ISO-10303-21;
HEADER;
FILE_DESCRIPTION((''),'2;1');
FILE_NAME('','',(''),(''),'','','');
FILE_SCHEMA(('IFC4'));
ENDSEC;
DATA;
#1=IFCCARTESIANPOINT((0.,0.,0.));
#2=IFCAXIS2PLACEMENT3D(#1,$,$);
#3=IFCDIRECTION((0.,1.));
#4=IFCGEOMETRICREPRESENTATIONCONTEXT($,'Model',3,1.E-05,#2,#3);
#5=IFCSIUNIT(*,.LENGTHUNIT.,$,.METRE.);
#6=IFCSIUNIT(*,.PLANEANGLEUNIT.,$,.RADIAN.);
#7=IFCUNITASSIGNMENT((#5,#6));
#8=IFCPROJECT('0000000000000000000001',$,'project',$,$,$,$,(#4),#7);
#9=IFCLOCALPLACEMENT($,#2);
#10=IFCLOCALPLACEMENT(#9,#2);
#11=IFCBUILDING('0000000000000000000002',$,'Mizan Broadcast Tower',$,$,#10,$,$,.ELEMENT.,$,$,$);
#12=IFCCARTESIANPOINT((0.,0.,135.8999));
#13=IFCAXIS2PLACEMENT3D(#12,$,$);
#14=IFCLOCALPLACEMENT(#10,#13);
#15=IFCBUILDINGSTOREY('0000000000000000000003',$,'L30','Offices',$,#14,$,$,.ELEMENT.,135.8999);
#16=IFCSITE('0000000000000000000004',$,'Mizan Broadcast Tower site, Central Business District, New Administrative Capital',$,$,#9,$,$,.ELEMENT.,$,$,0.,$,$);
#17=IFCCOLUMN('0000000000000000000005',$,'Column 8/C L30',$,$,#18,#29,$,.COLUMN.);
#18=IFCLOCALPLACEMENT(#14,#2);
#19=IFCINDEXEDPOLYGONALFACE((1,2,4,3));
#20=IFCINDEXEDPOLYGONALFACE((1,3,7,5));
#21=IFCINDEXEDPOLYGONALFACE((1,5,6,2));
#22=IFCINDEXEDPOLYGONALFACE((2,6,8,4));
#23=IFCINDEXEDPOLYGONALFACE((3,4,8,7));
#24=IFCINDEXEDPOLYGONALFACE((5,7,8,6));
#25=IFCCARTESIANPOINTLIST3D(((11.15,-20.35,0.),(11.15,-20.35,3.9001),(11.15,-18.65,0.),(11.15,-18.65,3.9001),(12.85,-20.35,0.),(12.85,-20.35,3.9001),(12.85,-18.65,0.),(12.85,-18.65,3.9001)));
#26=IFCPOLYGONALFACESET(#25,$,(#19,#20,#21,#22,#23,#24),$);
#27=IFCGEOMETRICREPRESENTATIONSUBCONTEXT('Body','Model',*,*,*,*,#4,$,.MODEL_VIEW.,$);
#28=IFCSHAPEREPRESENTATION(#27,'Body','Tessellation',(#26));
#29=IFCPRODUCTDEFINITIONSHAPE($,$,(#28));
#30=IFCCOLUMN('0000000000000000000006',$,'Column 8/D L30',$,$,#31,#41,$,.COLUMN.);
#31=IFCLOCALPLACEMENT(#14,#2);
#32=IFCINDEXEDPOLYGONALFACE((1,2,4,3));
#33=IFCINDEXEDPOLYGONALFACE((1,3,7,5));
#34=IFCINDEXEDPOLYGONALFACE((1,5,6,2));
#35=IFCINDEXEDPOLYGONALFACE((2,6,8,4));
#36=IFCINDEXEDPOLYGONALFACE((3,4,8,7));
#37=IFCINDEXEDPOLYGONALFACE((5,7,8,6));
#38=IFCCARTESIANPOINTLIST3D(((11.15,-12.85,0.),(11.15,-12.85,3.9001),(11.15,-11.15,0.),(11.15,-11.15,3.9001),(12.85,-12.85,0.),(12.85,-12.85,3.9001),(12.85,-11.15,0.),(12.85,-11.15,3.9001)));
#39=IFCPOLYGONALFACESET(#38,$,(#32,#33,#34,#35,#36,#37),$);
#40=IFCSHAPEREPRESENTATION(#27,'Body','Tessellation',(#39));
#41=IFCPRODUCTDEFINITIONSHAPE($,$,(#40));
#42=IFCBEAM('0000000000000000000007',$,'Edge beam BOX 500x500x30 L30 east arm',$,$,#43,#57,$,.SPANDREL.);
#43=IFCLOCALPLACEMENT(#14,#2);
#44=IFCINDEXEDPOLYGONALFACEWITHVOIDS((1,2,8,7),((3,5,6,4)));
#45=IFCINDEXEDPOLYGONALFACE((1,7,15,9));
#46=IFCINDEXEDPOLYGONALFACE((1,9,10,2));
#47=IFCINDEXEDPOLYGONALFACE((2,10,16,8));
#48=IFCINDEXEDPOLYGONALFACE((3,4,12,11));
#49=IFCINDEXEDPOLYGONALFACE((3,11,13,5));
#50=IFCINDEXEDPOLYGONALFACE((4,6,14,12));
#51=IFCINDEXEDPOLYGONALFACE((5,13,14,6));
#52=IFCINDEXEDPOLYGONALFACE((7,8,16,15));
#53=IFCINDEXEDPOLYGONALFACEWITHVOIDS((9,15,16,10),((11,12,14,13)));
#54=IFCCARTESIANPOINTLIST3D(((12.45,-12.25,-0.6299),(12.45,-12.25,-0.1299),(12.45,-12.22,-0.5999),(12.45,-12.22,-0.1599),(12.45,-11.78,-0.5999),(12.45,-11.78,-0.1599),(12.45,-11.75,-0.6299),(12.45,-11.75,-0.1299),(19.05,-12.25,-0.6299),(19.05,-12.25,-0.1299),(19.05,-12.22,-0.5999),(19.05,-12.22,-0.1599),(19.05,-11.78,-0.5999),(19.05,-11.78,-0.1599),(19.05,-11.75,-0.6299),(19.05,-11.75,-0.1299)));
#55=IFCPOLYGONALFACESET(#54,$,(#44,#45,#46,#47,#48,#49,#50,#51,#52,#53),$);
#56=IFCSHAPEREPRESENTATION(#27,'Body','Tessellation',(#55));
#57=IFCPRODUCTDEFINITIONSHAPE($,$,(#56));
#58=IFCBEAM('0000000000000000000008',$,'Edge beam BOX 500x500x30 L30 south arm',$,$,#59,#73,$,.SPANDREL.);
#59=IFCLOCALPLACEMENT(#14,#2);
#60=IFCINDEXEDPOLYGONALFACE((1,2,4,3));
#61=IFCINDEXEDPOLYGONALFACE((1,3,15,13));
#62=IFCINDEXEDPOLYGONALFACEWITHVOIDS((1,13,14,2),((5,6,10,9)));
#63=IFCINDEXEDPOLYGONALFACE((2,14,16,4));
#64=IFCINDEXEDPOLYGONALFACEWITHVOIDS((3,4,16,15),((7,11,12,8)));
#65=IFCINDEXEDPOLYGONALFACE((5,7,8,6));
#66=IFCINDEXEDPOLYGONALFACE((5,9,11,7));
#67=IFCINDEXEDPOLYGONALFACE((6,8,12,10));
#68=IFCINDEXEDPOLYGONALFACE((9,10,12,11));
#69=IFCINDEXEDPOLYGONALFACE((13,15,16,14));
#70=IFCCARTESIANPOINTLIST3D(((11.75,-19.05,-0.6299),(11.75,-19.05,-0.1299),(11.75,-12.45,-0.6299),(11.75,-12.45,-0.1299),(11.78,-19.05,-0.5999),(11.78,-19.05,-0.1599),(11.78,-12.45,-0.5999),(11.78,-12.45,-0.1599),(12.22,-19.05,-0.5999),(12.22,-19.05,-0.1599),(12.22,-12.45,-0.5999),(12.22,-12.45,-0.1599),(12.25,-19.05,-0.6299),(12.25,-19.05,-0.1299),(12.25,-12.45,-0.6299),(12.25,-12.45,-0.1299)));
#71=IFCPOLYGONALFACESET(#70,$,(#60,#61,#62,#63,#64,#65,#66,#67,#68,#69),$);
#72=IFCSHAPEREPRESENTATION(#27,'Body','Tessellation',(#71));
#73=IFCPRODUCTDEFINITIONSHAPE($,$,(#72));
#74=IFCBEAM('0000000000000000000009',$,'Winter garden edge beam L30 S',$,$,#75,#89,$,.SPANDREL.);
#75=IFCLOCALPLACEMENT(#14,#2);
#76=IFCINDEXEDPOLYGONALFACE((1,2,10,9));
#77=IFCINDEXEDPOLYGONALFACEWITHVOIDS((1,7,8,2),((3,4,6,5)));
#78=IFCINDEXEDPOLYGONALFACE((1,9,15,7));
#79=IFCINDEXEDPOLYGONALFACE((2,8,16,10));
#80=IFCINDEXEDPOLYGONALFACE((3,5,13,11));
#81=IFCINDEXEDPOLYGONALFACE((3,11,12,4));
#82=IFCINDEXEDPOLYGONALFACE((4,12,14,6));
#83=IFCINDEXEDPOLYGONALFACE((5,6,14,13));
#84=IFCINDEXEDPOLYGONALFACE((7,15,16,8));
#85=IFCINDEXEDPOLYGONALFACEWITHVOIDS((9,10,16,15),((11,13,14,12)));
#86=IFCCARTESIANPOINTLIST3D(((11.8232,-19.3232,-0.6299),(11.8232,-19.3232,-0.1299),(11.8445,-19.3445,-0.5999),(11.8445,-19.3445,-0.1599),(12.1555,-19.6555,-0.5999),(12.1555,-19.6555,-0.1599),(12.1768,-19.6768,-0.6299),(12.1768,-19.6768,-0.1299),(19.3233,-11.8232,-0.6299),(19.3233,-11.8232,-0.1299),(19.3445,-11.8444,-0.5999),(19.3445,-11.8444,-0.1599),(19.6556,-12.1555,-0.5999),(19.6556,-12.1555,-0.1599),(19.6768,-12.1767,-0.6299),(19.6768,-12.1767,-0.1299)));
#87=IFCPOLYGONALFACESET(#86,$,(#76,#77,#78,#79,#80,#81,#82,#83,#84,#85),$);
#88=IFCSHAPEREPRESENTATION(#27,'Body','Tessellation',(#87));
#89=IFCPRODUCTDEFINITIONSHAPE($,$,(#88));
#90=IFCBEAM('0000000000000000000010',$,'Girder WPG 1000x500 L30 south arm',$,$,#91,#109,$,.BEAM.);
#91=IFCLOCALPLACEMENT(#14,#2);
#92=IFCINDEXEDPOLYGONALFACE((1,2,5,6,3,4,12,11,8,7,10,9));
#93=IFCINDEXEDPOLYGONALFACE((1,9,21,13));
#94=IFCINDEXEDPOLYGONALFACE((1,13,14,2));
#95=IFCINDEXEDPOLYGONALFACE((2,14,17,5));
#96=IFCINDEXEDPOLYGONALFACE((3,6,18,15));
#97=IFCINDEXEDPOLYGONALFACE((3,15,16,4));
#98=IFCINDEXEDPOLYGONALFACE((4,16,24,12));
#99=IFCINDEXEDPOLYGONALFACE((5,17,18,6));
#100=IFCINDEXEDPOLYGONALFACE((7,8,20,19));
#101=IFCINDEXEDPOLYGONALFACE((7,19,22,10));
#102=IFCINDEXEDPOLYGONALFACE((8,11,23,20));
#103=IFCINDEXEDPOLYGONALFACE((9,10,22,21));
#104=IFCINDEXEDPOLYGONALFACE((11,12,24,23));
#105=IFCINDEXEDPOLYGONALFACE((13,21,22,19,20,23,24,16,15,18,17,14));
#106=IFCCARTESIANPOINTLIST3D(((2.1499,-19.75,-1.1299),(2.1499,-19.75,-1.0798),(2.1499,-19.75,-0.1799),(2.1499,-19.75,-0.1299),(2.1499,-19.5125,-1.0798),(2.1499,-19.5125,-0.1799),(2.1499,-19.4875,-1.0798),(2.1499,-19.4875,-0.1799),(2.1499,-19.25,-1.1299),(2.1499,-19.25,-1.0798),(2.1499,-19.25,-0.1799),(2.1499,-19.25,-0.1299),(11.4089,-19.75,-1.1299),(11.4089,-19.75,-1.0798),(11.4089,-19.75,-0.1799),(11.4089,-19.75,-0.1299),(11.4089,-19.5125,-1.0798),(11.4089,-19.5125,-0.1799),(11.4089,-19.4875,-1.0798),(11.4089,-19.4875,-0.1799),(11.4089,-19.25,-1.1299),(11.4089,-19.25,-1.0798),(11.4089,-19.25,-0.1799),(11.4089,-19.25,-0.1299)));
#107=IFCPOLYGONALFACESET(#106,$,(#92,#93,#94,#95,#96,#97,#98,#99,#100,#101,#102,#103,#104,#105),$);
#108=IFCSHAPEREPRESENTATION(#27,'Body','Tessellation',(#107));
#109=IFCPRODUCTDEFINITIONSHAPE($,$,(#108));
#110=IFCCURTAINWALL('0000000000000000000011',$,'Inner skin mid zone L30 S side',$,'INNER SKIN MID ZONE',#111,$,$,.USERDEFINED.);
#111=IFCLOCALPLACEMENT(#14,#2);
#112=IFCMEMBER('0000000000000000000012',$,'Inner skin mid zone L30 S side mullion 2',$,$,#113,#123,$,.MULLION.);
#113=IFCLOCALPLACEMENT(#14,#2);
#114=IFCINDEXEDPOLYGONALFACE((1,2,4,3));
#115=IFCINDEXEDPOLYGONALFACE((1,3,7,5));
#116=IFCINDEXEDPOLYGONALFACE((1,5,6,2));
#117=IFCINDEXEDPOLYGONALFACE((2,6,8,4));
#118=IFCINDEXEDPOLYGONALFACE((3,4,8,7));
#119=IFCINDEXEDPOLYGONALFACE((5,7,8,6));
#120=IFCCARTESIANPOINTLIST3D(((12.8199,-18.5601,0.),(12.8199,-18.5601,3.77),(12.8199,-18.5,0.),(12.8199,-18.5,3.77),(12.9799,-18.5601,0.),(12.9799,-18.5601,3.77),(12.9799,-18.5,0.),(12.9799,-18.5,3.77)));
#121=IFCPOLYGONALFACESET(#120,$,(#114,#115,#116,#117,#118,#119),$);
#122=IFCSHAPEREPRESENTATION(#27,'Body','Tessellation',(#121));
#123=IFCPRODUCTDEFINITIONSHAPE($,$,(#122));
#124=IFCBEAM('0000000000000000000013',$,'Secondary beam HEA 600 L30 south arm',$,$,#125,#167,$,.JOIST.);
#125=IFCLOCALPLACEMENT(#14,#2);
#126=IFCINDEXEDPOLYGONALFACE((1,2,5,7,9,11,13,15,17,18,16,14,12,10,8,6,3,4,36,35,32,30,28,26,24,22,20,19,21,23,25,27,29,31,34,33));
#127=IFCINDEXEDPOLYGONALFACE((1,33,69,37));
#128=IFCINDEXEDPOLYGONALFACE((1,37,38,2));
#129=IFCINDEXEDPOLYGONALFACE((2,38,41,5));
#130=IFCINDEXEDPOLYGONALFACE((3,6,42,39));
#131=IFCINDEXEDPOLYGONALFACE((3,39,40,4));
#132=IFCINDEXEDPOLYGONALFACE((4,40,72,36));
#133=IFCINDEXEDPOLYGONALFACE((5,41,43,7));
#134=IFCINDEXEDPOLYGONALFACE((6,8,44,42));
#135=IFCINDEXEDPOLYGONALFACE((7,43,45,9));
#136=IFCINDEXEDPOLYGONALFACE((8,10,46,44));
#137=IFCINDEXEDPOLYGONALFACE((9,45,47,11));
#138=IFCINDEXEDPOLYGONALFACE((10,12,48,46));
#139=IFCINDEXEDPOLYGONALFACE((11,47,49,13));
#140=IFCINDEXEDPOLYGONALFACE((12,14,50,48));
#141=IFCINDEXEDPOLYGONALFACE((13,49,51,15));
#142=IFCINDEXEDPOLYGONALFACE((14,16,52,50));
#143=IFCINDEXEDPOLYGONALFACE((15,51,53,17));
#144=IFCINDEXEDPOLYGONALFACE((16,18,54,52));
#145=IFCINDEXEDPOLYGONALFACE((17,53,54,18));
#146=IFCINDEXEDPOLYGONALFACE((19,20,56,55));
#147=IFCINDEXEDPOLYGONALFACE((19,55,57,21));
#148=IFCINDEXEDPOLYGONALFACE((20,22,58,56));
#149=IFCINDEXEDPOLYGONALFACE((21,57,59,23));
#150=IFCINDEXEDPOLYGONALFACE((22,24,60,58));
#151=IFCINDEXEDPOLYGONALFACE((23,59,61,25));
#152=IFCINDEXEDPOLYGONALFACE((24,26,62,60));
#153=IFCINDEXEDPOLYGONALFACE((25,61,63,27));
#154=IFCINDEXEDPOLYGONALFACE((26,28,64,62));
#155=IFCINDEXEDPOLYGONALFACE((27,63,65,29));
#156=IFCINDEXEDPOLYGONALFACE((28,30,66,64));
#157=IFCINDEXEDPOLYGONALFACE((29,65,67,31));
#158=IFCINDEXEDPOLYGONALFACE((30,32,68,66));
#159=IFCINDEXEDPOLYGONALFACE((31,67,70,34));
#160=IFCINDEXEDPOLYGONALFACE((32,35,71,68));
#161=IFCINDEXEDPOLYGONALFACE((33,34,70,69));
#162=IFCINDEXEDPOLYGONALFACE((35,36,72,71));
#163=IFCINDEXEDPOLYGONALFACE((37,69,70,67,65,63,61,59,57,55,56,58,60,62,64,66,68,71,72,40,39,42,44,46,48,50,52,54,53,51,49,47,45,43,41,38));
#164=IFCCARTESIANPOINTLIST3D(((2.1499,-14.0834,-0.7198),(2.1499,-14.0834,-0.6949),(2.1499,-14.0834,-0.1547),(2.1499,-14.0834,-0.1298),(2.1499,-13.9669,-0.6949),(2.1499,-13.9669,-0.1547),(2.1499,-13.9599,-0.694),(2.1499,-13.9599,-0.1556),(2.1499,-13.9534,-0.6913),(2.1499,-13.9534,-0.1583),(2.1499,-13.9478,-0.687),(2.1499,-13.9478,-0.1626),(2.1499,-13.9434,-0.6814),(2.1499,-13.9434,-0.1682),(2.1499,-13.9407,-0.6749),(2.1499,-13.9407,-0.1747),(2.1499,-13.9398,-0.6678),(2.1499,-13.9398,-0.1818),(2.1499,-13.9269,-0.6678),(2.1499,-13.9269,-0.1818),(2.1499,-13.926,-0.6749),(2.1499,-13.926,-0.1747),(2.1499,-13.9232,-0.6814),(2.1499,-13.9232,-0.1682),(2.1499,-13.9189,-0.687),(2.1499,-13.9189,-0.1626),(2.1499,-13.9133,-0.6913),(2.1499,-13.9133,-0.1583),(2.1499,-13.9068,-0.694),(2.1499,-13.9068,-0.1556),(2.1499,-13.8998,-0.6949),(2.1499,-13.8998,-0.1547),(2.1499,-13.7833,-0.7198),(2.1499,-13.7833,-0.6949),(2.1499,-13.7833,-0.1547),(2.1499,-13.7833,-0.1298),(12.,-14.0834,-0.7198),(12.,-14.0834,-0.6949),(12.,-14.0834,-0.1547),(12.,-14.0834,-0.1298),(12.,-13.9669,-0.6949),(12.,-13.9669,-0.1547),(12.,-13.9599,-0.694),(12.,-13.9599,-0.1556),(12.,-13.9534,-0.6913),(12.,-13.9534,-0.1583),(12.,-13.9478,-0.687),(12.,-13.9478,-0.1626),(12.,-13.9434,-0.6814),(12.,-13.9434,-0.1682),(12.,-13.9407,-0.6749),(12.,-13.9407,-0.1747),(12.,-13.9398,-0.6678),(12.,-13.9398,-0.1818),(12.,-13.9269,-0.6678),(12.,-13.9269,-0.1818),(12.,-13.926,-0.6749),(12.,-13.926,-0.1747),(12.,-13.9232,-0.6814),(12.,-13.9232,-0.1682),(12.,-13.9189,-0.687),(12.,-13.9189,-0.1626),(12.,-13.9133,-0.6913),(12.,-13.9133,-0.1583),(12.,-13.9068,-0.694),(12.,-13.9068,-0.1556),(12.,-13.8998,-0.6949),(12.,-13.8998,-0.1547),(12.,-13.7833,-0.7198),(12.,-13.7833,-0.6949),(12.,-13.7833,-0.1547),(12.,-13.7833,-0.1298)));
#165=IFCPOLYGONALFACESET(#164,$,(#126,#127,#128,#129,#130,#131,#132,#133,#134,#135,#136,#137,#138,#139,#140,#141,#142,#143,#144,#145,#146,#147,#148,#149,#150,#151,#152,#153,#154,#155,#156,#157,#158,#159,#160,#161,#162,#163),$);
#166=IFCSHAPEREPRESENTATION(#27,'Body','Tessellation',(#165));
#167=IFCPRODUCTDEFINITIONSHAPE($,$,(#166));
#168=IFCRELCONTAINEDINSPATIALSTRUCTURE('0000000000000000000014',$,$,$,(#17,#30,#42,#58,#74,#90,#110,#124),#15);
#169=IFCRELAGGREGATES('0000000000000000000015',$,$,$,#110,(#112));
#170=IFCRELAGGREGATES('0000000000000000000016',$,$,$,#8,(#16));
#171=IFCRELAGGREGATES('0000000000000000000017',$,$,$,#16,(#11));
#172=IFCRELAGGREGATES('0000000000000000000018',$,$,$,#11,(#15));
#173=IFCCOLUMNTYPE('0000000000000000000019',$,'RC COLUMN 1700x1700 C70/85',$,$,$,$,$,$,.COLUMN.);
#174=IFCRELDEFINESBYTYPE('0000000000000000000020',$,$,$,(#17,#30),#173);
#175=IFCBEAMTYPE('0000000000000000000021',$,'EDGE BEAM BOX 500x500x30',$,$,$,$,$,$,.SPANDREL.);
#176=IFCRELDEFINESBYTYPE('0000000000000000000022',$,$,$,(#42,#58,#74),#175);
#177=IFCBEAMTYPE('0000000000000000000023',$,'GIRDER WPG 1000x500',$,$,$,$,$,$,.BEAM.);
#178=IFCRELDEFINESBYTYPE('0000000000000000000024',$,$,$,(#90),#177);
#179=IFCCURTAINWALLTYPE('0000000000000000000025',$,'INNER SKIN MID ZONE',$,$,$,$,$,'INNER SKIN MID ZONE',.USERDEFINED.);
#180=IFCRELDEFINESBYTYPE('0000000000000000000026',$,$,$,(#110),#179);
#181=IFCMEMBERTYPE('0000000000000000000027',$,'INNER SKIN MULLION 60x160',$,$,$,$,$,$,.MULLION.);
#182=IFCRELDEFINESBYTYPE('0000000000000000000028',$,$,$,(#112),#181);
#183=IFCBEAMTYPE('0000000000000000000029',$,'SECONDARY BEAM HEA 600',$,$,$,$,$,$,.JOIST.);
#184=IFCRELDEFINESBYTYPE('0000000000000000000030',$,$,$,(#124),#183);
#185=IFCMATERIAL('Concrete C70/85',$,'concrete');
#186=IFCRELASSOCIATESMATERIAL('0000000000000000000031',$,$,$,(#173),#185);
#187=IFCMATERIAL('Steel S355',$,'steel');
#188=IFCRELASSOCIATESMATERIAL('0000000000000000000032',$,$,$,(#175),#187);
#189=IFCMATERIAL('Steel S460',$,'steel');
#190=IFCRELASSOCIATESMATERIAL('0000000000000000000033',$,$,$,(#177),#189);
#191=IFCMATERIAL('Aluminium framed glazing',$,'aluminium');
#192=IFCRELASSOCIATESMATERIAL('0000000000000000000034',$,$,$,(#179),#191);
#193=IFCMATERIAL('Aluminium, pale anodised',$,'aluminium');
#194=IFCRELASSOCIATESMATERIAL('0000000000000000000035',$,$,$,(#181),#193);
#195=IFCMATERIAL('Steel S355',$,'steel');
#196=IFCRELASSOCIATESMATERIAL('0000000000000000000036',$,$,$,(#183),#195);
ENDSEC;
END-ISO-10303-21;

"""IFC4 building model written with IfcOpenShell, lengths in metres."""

from ifc_helpers import new_model, si_unit, direction, frame, origin, origin_2d, place, context, subcontext, project, spatial, rectangle, hollow_rectangle, i_section, extrude, material, material_profile, profile_set, type_object, element, aggregate, save


model = new_model("IFC4")

# Units and contexts
model_context = context("Model", 3, precision=1e-05, world=origin(), true_north=direction((0.0, 1.0)))
body_context = subcontext(model_context, "Body", "Model", "MODEL_VIEW")
ifc_project = project(units=[si_unit("LENGTHUNIT", "METRE"), si_unit("PLANEANGLEUNIT", "RADIAN")], contexts=[model_context])

# Site, building, storey
site_placement = place(None, origin())
site = spatial("IfcSite", under=ifc_project, at=site_placement, Name="Mizan Broadcast Tower site, Central Business District, New Administrative Capital", CompositionType="ELEMENT", RefElevation=0.0)
building_placement = place(site_placement, origin())
building = spatial("IfcBuilding", under=site, at=building_placement, Name="Mizan Broadcast Tower", CompositionType="ELEMENT")
storey_placement = place(building_placement, frame((0.0, 0.0, 135.8999)))
storey = spatial("IfcBuildingStorey", under=building, at=storey_placement, Name="L30", Description="Offices", CompositionType="ELEMENT", Elevation=135.8999)

# Columns
ifc_material_1 = material(Name="Concrete C70/85", Category="concrete")
ifc_material_profile_1 = material_profile(ifc_material_1, rectangle(XDim=1.7, YDim=1.7, at=origin_2d()), Name="RC 1700x1700")
ifc_profile_set_1 = profile_set([ifc_material_profile_1], Name="Concrete C70/85")
column_type = type_object("IfcColumnType", Name="RC COLUMN 1700x1700 C70/85", PredefinedType="COLUMN", material=ifc_profile_set_1)
for number, where, z_axis, x_axis, name in (
    (1, (12.0, -19.5, 0.0), (0.0, 0.0, 1.0), (1.0, 0.0, 0.0), "Column 8/C L30"),
    (2, (12.0, -12.0, 0.0), (0.0, 0.0, 1.0), (1.0, 0.0, 0.0), "Column 8/D L30"),
):
    element("IfcColumn", number, at=place(storey_placement, frame(where, z_axis=z_axis, x_axis=x_axis)), inside=storey, type_object=column_type, Name=name, PredefinedType="COLUMN", context=body_context, shape_type="SweptSolid", body=[
        extrude(rectangle(XDim=1.7, YDim=1.7, at=origin_2d()), origin(), (0.0, 0.0, 1.0), 3.9001),
    ])

# Beams
ifc_material_2 = material(Name="Steel S355", Category="steel")
ifc_material_profile_2 = material_profile(ifc_material_2, hollow_rectangle(XDim=0.5, YDim=0.5, WallThickness=0.03, at=origin_2d()), Name="BOX 500x500x30")
ifc_profile_set_2 = profile_set([ifc_material_profile_2], Name="Steel S355")
beam_type_1 = type_object("IfcBeamType", Name="EDGE BEAM BOX 500x500x30", PredefinedType="SPANDREL", material=ifc_profile_set_2)
for number, where, z_axis, x_axis, name in (
    (3, (12.45, -12.0, -0.3799), (1.0, 0.0, 0.0), (0.0, 1.0, 0.0), "Edge beam BOX 500x500x30 L30 east arm"),
    (4, (12.0, -12.45, -0.3799), (0.0, -1.0, 0.0), (1.0, 0.0, 0.0), "Edge beam BOX 500x500x30 L30 south arm"),
):
    element("IfcBeam", number, at=place(storey_placement, frame(where, z_axis=z_axis, x_axis=x_axis)), inside=storey, type_object=beam_type_1, Name=name, PredefinedType="SPANDREL", context=body_context, shape_type="SweptSolid", body=[
        extrude(hollow_rectangle(XDim=0.5, YDim=0.5, WallThickness=0.03, at=origin_2d()), origin(), (0.0, 0.0, 1.0), 6.6001),
    ])
beam_1_placement = place(storey_placement, frame((12.0, -19.5, -0.3799), z_axis=(0.707107, 0.707107, 0.0), x_axis=(-0.707107, 0.707107, 0.0)))
element("IfcBeam", 5, at=beam_1_placement, inside=storey, type_object=beam_type_1, Name="Winter garden edge beam L30 S", PredefinedType="SPANDREL", context=body_context, shape_type="SweptSolid", body=[
    extrude(hollow_rectangle(XDim=0.5, YDim=0.5, WallThickness=0.03, at=origin_2d()), origin(), (0.0, 0.0, 1.0), 10.6067),
])
ifc_material_3 = material(Name="Steel S460", Category="steel")
ifc_material_profile_3 = material_profile(ifc_material_3, i_section(OverallWidth=0.5, OverallDepth=1.0, WebThickness=0.0249, FlangeThickness=0.05, at=origin_2d()), Name="WPG 1000x500")
ifc_profile_set_3 = profile_set([ifc_material_profile_3], Name="Steel S460")
beam_type_2 = type_object("IfcBeamType", Name="GIRDER WPG 1000x500", PredefinedType="BEAM", material=ifc_profile_set_3)
beam_2_placement = place(storey_placement, frame((11.4089, -19.5, -0.6299), z_axis=(-1.0, 0.0, 0.0), x_axis=(0.0, -1.0, 0.0)))
element("IfcBeam", 6, at=beam_2_placement, inside=storey, type_object=beam_type_2, Name="Girder WPG 1000x500 L30 south arm", PredefinedType="BEAM", context=body_context, shape_type="SweptSolid", body=[
    extrude(i_section(OverallWidth=0.5, OverallDepth=1.0, WebThickness=0.0249, FlangeThickness=0.05, at=origin_2d()), origin(), (0.0, 0.0, 1.0), 9.259),
])

# Curtain wall, member
ifc_material_4 = material(Name="Aluminium framed glazing", Category="aluminium")
curtain_wall_type = type_object("IfcCurtainWallType", Name="INNER SKIN MID ZONE", ElementType="INNER SKIN MID ZONE", PredefinedType="USERDEFINED", material=ifc_material_4)
curtain_wall_placement = place(storey_placement, origin())
curtain_wall = element("IfcCurtainWall", 7, at=curtain_wall_placement, inside=storey, type_object=curtain_wall_type, Name="Inner skin mid zone L30 S side", ObjectType="INNER SKIN MID ZONE", PredefinedType="USERDEFINED")
ifc_material_5 = material(Name="Aluminium, pale anodised", Category="aluminium")
ifc_material_profile_4 = material_profile(ifc_material_5, rectangle(XDim=0.1599, YDim=0.0601, at=origin_2d()), Name="MULLION 160x60")
ifc_profile_set_4 = profile_set([ifc_material_profile_4], Name="Aluminium, pale anodised")
member_type = type_object("IfcMemberType", Name="INNER SKIN MULLION 60x160", PredefinedType="MULLION", material=ifc_profile_set_4)
member_placement = place(storey_placement, frame((12.8999, -18.53, 0.0), z_axis=(0.0, 0.0, 1.0), x_axis=(-1.0, 0.0, 0.0)))
member = element("IfcMember", 8, at=member_placement, type_object=member_type, Name="Inner skin mid zone L30 S side mullion 2", PredefinedType="MULLION", context=body_context, shape_type="SweptSolid", body=[
    extrude(rectangle(XDim=0.1599, YDim=0.0601, at=origin_2d()), origin(), (0.0, 0.0, 1.0), 3.77),
])
aggregate(curtain_wall, [member])

# Beam
ifc_material_6 = material(Name="Steel S355", Category="steel")
ifc_material_profile_5 = material_profile(ifc_material_6, i_section(OverallWidth=0.3, OverallDepth=0.5901, WebThickness=0.0129, FlangeThickness=0.0249, FilletRadius=0.0271, at=origin_2d()), Name="HEA 600")
ifc_profile_set_5 = profile_set([ifc_material_profile_5], Name="Steel S355")
beam_type_3 = type_object("IfcBeamType", Name="SECONDARY BEAM HEA 600", PredefinedType="JOIST", material=ifc_profile_set_5)
for number, where, z_axis, x_axis, name in (
    (9, (12.0, -13.9333, -0.4248), (-1.0, 0.0, 0.0), (0.0, -1.0, 0.0), "Secondary beam HEA 600 L30 south arm"),
):
    element("IfcBeam", number, at=place(storey_placement, frame(where, z_axis=z_axis, x_axis=x_axis)), inside=storey, type_object=beam_type_3, Name=name, PredefinedType="JOIST", context=body_context, shape_type="SweptSolid", body=[
        extrude(i_section(OverallWidth=0.3, OverallDepth=0.5901, WebThickness=0.0129, FlangeThickness=0.0249, FilletRadius=0.0271, at=origin_2d()), origin(), (0.0, 0.0, 1.0), 9.8501),
    ])

save(model, "model.ifc")
